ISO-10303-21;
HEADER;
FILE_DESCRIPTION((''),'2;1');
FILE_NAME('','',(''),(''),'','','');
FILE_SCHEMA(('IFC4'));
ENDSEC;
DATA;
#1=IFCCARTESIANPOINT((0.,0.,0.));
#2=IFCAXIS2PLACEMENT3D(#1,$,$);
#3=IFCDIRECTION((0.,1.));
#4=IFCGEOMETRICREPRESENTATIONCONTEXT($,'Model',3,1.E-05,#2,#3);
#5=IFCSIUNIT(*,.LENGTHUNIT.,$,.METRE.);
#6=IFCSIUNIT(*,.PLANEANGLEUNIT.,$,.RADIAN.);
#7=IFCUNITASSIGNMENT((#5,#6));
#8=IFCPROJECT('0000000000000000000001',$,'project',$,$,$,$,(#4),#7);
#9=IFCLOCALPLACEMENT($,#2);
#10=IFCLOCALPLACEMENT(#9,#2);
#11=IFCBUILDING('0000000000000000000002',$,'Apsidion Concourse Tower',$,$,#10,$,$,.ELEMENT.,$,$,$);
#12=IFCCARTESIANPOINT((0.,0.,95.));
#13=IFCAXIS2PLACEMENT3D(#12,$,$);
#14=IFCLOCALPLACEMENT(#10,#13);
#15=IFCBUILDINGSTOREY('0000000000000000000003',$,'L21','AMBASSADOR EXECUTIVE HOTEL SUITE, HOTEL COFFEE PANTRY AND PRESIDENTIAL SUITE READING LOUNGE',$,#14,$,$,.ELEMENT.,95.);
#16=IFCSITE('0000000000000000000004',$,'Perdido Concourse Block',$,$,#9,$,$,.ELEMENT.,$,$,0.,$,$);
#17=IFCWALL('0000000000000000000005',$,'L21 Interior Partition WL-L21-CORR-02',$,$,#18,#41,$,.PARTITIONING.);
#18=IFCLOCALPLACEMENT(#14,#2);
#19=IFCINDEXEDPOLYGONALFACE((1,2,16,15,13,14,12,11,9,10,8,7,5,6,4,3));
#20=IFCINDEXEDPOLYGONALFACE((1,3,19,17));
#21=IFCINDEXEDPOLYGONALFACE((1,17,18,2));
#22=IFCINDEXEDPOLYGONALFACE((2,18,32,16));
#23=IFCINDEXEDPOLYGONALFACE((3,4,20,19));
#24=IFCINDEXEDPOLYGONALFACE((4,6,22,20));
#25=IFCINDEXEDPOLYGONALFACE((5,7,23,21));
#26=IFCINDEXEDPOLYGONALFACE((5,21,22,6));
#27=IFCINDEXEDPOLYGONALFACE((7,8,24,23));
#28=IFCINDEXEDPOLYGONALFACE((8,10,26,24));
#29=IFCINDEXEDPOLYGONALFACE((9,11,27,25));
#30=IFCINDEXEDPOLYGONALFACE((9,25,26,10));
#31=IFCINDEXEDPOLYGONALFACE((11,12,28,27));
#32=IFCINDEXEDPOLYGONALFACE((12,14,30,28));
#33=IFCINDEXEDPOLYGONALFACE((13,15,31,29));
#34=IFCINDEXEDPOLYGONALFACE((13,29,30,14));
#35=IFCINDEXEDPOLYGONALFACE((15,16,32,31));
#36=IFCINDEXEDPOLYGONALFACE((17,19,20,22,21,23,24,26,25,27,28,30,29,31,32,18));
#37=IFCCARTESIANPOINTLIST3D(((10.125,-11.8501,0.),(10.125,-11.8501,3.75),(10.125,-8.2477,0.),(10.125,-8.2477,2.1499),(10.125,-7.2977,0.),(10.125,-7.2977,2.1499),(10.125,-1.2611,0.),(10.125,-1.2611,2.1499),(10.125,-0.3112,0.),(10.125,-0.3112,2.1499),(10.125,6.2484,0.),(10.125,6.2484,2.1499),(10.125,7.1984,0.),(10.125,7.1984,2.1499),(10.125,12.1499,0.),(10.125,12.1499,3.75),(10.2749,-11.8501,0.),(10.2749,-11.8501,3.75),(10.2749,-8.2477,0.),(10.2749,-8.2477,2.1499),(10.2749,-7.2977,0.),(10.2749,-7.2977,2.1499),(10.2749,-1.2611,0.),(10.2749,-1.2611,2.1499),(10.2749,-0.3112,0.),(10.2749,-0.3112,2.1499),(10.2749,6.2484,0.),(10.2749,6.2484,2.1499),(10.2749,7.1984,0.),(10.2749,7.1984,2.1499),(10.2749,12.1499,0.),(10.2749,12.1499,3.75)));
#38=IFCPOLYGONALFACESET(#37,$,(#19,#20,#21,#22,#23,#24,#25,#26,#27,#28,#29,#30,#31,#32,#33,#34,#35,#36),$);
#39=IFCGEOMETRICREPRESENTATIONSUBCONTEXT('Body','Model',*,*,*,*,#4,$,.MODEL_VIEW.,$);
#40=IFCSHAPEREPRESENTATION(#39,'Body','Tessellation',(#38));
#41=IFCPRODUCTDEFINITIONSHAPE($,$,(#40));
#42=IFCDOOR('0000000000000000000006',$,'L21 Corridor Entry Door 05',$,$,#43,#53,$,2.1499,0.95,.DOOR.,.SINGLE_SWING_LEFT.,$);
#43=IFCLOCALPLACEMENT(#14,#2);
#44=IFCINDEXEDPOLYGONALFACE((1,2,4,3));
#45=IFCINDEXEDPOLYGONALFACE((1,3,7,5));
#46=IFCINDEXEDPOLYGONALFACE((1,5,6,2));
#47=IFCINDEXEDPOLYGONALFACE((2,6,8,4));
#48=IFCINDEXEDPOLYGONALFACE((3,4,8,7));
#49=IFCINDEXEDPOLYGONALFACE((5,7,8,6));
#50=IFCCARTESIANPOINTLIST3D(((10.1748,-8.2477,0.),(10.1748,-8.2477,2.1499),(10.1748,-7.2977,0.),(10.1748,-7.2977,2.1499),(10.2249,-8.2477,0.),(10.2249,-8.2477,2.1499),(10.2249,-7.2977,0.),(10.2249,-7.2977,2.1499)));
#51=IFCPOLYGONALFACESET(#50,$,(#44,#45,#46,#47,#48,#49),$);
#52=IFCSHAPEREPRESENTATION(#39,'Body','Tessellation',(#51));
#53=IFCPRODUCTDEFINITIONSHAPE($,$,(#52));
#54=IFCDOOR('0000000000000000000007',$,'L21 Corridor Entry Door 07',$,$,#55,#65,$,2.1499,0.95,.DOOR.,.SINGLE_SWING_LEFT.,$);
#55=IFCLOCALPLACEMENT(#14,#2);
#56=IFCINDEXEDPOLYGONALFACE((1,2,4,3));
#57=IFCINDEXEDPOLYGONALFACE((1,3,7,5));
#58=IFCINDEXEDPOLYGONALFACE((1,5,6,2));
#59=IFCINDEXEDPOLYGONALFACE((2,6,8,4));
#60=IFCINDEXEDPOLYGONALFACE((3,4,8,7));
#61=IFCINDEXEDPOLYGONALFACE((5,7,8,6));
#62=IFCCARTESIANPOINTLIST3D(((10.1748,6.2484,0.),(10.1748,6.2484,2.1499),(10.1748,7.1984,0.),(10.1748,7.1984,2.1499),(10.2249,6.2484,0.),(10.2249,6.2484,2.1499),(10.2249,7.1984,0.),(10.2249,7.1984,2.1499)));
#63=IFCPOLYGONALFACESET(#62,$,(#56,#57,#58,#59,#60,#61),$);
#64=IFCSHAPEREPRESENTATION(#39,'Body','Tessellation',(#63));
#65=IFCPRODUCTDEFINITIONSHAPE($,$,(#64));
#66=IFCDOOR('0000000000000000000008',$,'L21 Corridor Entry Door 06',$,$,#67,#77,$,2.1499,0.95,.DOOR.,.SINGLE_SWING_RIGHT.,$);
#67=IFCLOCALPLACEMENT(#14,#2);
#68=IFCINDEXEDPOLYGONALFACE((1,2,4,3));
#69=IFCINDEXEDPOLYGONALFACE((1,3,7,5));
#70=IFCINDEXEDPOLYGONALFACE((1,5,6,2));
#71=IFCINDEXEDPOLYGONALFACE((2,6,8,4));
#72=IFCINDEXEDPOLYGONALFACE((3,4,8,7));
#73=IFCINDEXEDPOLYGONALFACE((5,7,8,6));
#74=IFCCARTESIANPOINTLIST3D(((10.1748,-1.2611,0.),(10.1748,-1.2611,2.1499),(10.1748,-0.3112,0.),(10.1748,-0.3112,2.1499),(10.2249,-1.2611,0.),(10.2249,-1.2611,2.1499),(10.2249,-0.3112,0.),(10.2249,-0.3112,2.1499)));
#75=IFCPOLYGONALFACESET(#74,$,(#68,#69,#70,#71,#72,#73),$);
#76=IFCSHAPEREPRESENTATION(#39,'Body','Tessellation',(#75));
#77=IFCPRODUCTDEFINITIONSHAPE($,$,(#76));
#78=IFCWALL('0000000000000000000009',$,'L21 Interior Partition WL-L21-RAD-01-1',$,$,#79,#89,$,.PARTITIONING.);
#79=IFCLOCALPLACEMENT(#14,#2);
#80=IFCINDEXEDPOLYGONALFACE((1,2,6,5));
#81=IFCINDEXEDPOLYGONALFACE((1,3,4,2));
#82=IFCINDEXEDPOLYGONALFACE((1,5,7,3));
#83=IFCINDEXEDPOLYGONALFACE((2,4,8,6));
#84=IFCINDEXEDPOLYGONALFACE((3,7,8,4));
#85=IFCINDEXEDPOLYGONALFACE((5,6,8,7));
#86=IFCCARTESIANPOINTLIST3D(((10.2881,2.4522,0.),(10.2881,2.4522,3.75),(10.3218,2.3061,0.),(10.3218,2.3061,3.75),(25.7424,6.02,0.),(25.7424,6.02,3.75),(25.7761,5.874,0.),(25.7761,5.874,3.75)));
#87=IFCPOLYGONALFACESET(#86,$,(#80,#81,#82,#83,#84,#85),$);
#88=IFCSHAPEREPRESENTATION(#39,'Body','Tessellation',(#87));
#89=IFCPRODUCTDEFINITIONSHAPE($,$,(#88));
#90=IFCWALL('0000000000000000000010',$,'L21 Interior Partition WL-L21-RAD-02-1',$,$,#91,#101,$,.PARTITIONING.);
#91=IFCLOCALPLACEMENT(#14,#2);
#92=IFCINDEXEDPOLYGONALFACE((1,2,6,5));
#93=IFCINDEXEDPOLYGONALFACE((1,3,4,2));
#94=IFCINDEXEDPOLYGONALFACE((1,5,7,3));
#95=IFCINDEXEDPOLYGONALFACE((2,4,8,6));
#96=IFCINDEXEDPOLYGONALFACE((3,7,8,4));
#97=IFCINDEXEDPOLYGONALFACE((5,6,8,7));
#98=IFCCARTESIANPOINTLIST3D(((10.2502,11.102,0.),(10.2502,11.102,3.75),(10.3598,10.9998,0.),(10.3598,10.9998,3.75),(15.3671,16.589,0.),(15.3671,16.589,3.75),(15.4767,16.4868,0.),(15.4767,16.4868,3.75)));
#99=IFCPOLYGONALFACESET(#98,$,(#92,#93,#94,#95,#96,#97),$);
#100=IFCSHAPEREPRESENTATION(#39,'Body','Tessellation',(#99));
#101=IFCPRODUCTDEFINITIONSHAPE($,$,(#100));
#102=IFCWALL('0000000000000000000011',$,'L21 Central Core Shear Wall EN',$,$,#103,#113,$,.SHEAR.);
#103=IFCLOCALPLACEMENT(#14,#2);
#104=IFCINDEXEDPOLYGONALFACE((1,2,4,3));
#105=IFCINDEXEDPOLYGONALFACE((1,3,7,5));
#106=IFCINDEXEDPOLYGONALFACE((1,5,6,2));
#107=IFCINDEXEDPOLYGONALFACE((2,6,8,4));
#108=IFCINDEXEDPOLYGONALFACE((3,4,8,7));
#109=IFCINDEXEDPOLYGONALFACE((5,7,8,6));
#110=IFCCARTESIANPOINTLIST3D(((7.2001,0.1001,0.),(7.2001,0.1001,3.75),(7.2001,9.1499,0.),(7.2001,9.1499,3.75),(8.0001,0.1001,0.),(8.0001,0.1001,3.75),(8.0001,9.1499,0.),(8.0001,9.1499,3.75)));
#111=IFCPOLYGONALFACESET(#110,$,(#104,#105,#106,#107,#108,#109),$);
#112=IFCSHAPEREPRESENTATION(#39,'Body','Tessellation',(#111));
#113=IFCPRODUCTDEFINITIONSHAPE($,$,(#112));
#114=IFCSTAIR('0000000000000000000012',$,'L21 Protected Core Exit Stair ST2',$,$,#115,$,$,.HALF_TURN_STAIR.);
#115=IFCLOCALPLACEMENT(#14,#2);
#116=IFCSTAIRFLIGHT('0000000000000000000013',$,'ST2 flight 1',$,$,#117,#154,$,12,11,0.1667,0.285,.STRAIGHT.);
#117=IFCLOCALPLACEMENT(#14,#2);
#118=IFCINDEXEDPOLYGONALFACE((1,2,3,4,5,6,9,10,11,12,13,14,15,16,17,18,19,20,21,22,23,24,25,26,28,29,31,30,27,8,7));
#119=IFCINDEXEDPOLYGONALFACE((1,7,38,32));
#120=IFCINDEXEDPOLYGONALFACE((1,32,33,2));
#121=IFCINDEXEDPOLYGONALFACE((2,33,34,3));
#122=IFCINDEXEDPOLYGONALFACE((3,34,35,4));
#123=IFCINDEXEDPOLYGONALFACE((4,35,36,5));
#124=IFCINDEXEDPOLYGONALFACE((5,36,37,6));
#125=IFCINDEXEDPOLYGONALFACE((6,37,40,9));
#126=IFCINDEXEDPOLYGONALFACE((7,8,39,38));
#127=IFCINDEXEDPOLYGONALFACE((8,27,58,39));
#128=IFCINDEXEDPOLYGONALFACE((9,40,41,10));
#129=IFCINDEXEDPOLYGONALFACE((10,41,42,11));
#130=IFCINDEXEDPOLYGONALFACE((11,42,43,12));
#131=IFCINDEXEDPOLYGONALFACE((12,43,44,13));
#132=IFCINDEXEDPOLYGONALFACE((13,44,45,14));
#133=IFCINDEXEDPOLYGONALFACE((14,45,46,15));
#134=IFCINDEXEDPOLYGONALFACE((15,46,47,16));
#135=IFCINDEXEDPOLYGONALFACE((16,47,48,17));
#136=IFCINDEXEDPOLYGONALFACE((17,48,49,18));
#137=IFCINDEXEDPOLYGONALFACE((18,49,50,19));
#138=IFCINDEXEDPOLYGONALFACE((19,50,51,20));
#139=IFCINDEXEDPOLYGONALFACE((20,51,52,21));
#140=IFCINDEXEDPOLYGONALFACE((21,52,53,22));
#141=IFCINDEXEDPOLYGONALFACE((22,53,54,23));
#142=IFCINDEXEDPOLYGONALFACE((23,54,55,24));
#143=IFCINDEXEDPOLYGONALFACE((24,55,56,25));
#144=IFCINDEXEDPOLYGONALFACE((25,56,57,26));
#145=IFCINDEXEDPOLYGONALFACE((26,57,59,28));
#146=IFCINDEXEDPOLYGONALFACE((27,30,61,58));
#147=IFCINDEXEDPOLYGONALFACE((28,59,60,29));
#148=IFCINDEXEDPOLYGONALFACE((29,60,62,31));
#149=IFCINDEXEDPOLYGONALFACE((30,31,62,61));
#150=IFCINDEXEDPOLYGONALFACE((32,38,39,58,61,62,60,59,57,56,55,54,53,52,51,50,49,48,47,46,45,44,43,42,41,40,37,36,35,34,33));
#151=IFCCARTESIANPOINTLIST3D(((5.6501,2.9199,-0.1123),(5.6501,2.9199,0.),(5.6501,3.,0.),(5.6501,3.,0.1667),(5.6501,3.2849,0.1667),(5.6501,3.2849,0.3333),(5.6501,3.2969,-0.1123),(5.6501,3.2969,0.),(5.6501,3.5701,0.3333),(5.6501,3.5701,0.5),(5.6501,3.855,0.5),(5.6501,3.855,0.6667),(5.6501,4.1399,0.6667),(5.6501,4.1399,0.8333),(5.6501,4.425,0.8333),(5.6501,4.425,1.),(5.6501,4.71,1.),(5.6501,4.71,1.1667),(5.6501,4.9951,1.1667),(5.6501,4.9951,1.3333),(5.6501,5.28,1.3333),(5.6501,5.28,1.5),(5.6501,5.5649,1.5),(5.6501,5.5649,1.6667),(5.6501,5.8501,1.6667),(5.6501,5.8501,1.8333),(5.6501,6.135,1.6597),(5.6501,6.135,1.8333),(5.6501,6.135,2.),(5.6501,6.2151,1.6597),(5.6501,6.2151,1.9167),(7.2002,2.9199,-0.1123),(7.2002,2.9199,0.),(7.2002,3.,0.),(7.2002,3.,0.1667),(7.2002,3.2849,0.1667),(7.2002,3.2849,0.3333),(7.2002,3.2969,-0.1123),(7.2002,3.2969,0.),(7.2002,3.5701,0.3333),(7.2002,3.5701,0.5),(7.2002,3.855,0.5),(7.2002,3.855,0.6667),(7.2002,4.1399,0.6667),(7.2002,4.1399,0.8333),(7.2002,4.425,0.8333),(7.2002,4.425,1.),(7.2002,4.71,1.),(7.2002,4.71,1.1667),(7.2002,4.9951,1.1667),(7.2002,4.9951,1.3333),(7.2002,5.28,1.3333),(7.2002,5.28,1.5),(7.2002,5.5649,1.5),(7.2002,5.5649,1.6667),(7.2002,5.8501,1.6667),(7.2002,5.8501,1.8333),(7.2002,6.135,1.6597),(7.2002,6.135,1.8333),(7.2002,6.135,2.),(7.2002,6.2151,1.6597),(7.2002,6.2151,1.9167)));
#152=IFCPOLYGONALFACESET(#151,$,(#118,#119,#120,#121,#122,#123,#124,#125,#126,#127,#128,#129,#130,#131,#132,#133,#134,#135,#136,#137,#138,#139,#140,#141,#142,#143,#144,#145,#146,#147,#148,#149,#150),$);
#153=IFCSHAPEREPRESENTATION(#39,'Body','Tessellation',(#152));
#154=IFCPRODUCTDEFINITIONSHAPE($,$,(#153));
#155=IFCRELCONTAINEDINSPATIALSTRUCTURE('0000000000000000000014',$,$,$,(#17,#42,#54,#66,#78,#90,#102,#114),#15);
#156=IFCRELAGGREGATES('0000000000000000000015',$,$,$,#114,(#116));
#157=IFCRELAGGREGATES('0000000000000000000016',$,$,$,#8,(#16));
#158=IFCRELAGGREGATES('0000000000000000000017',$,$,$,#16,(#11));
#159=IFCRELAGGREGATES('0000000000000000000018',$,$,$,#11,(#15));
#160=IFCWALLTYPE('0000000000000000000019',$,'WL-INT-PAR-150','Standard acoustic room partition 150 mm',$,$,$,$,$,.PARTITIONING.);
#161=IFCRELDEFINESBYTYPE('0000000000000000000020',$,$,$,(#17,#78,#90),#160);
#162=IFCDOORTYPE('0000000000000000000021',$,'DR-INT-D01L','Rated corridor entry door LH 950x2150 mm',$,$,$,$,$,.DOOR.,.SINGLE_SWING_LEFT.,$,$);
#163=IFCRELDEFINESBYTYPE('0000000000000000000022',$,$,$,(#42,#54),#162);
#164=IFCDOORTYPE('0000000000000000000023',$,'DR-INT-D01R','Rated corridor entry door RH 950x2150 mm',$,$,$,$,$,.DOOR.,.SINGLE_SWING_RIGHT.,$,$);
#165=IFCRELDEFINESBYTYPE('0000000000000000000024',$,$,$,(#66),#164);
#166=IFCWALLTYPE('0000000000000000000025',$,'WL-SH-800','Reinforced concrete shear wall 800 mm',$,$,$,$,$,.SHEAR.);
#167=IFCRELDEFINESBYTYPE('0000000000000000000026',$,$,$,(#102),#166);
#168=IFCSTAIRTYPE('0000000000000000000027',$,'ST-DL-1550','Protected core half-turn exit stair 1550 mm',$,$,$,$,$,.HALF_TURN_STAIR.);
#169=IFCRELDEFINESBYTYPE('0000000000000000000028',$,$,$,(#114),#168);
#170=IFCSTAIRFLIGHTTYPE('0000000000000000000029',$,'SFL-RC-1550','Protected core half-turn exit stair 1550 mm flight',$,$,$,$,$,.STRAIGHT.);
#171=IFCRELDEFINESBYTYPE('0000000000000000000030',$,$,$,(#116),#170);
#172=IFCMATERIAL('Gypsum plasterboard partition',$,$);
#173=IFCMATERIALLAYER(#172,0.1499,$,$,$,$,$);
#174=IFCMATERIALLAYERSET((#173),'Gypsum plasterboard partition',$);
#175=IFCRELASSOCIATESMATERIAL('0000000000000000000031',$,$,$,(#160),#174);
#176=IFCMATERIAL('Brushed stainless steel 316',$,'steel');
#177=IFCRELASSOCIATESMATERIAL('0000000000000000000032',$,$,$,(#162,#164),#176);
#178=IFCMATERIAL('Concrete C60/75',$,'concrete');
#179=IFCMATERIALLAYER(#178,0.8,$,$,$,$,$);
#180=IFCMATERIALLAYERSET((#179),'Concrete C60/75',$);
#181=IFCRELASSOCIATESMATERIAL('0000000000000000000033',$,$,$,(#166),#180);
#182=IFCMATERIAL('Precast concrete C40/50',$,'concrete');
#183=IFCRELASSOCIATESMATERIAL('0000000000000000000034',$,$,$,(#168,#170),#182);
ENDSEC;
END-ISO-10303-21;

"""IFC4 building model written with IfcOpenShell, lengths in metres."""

from ifc_helpers import new_model, si_unit, direction, frame, frame_2d, origin, place, context, subcontext, project, spatial, polyline, rectangle, outline, extrude, material, layer, layer_set, type_object, element, fill, aggregate, save


model = new_model("IFC4")

# Units and contexts
model_context = context("Model", 3, precision=1e-05, world=origin(), true_north=direction((0.0, 1.0)))
body_context = subcontext(model_context, "Body", "Model", "MODEL_VIEW")
ifc_project = project(units=[si_unit("LENGTHUNIT", "METRE"), si_unit("PLANEANGLEUNIT", "RADIAN")], contexts=[model_context])

# Site, building, storey
site_placement = place(None, origin())
site = spatial("IfcSite", under=ifc_project, at=site_placement, Name="Perdido Concourse Block", CompositionType="ELEMENT", RefElevation=0.0)
building_placement = place(site_placement, origin())
building = spatial("IfcBuilding", under=site, at=building_placement, Name="Apsidion Concourse Tower", CompositionType="ELEMENT")
storey_placement = place(building_placement, frame((0.0, 0.0, 95.0)))
storey = spatial("IfcBuildingStorey", under=building, at=storey_placement, Name="L21", Description="AMBASSADOR EXECUTIVE HOTEL SUITE, HOTEL COFFEE PANTRY AND PRESIDENTIAL SUITE READING LOUNGE", CompositionType="ELEMENT", Elevation=95.0)

# Shared definitions
ifc_material_1 = material(Name="Concrete C60/75", Category="concrete")

# Shared definitions
ifc_material_2 = material(Name="Gypsum plasterboard partition")

# Wall, openings, doors
ifc_layer_1 = layer(ifc_material_2, 0.1499)
ifc_layer_set_1 = layer_set([ifc_layer_1], Name="Gypsum plasterboard partition")
wall_type_1 = type_object("IfcWallType", Name="WL-INT-PAR-150", Description="Standard acoustic room partition 150 mm", PredefinedType="PARTITIONING", material=ifc_layer_set_1)
wall_1_placement = place(storey_placement, frame((10.2, 12.1499, 0.0), z_axis=(0.0, 0.0, 1.0), x_axis=(0.0, -1.0, 0.0)))
wall_1 = element("IfcWall", 1, at=wall_1_placement, inside=storey, type_object=wall_type_1, Name="L21 Interior Partition WL-L21-CORR-02", PredefinedType="PARTITIONING", context=body_context, shape_type="SweptSolid", body=[
    extrude(rectangle(XDim=24.0, YDim=0.1499, at=frame_2d((12.0, 0.0))), origin(), (0.0, 0.0, 1.0), 3.75),
])
opening_1_placement = place(wall_1_placement, frame((19.4475, 0.0, 0.0)))
opening_1 = element("IfcOpeningElement", 2, at=opening_1_placement, cuts=wall_1, PredefinedType="OPENING", context=body_context, shape_type="SweptSolid", body=[
    extrude(rectangle(XDim=0.95, YDim=2.1499, at=frame_2d((0.4751, 1.075))), frame((0.0, 0.085, 0.0), z_axis=(0.0, -1.0, 0.0), x_axis=(1.0, 0.0, 0.0)), (0.0, 0.0, 1.0), 0.1699),
])
opening_2_placement = place(wall_1_placement, frame((12.4609, 0.0, 0.0)))
opening_2 = element("IfcOpeningElement", 3, at=opening_2_placement, cuts=wall_1, PredefinedType="OPENING", context=body_context, shape_type="SweptSolid", body=[
    extrude(rectangle(XDim=0.95, YDim=2.1499, at=frame_2d((0.4751, 1.075))), frame((0.0, 0.085, 0.0), z_axis=(0.0, -1.0, 0.0), x_axis=(1.0, 0.0, 0.0)), (0.0, 0.0, 1.0), 0.1699),
])
opening_3_placement = place(wall_1_placement, frame((4.9514, 0.0, 0.0)))
opening_3 = element("IfcOpeningElement", 4, at=opening_3_placement, cuts=wall_1, PredefinedType="OPENING", context=body_context, shape_type="SweptSolid", body=[
    extrude(rectangle(XDim=0.95, YDim=2.1499, at=frame_2d((0.4751, 1.075))), frame((0.0, 0.085, 0.0), z_axis=(0.0, -1.0, 0.0), x_axis=(1.0, 0.0, 0.0)), (0.0, 0.0, 1.0), 0.1699),
])
ifc_material_3 = material(Name="Brushed stainless steel 316", Category="steel")
door_type_1 = type_object("IfcDoorType", Name="DR-INT-D01L", Description="Rated corridor entry door LH 950x2150 mm", OperationType="SINGLE_SWING_LEFT", PredefinedType="DOOR", material=ifc_material_3)
door_1_placement = place(opening_1_placement, origin())
door_1 = element("IfcDoor", 5, at=door_1_placement, inside=storey, type_object=door_type_1, Name="L21 Corridor Entry Door 05", OperationType="SINGLE_SWING_LEFT", OverallHeight=2.1499, OverallWidth=0.95, PredefinedType="DOOR", context=body_context, shape_type="SweptSolid", body=[
    extrude(rectangle(XDim=0.95, YDim=2.1499, at=frame_2d((0.4751, 1.075))), frame((0.0, 0.0249, 0.0), z_axis=(0.0, -1.0, 0.0), x_axis=(1.0, 0.0, 0.0)), (0.0, 0.0, 1.0), 0.05),
])
fill(opening_1, door_1)
door_2_placement = place(opening_3_placement, origin())
door_2 = element("IfcDoor", 6, at=door_2_placement, inside=storey, type_object=door_type_1, Name="L21 Corridor Entry Door 07", OperationType="SINGLE_SWING_LEFT", OverallHeight=2.1499, OverallWidth=0.95, PredefinedType="DOOR", context=body_context, shape_type="SweptSolid", body=[
    extrude(rectangle(XDim=0.95, YDim=2.1499, at=frame_2d((0.4751, 1.075))), frame((0.0, 0.0249, 0.0), z_axis=(0.0, -1.0, 0.0), x_axis=(1.0, 0.0, 0.0)), (0.0, 0.0, 1.0), 0.05),
])
fill(opening_3, door_2)
door_type_2 = type_object("IfcDoorType", Name="DR-INT-D01R", Description="Rated corridor entry door RH 950x2150 mm", OperationType="SINGLE_SWING_RIGHT", PredefinedType="DOOR", material=ifc_material_3)
door_3_placement = place(opening_2_placement, origin())
door_3 = element("IfcDoor", 7, at=door_3_placement, inside=storey, type_object=door_type_2, Name="L21 Corridor Entry Door 06", OperationType="SINGLE_SWING_RIGHT", OverallHeight=2.1499, OverallWidth=0.95, PredefinedType="DOOR", context=body_context, shape_type="SweptSolid", body=[
    extrude(rectangle(XDim=0.95, YDim=2.1499, at=frame_2d((0.4751, 1.075))), frame((0.0, 0.0249, 0.0), z_axis=(0.0, -1.0, 0.0), x_axis=(1.0, 0.0, 0.0)), (0.0, 0.0, 1.0), 0.05),
])
fill(opening_2, door_3)

# Walls
wall_2_placement = place(storey_placement, frame((10.3049, 2.3792, 0.0), z_axis=(0.0, 0.0, 1.0), x_axis=(0.974371, 0.224948, 0.0)))
element("IfcWall", 8, at=wall_2_placement, inside=storey, type_object=wall_type_1, Name="L21 Interior Partition WL-L21-RAD-01-1", PredefinedType="PARTITIONING", context=body_context, shape_type="SweptSolid", body=[
    extrude(rectangle(XDim=15.8608, YDim=0.1499, at=frame_2d((7.9304, 0.0))), origin(), (0.0, 0.0, 1.0), 3.75),
])
wall_3_placement = place(storey_placement, frame((10.3049, 11.0508, 0.0), z_axis=(0.0, 0.0, 1.0), x_axis=(0.682011, 0.731342, 0.0)))
element("IfcWall", 9, at=wall_3_placement, inside=storey, type_object=wall_type_1, Name="L21 Interior Partition WL-L21-RAD-02-1", PredefinedType="PARTITIONING", context=body_context, shape_type="SweptSolid", body=[
    extrude(rectangle(XDim=7.5027, YDim=0.1499, at=frame_2d((3.7515, 0.0))), origin(), (0.0, 0.0, 1.0), 3.75),
])
ifc_layer_2 = layer(ifc_material_1, 0.8)
ifc_layer_set_2 = layer_set([ifc_layer_2], Name="Concrete C60/75")
wall_type_2 = type_object("IfcWallType", Name="WL-SH-800", Description="Reinforced concrete shear wall 800 mm", PredefinedType="SHEAR", material=ifc_layer_set_2)
wall_4_placement = place(storey_placement, frame((7.6001, 0.1001, 0.0), z_axis=(0.0, 0.0, 1.0), x_axis=(0.0, 1.0, 0.0)))
element("IfcWall", 10, at=wall_4_placement, inside=storey, type_object=wall_type_2, Name="L21 Central Core Shear Wall EN", PredefinedType="SHEAR", context=body_context, shape_type="SweptSolid", body=[
    extrude(rectangle(XDim=9.0498, YDim=0.8, at=frame_2d((4.5249, 0.0))), origin(), (0.0, 0.0, 1.0), 3.75),
])

# Stair, stair flight
ifc_material_4 = material(Name="Precast concrete C40/50", Category="concrete")
stair_type = type_object("IfcStairType", Name="ST-DL-1550", Description="Protected core half-turn exit stair 1550 mm", PredefinedType="HALF_TURN_STAIR", material=ifc_material_4)
stair_placement = place(storey_placement, origin())
stair = element("IfcStair", 11, at=stair_placement, inside=storey, type_object=stair_type, Name="L21 Protected Core Exit Stair ST2", PredefinedType="HALF_TURN_STAIR")
stair_flight_type = type_object("IfcStairFlightType", Name="SFL-RC-1550", Description="Protected core half-turn exit stair 1550 mm flight", PredefinedType="STRAIGHT", material=ifc_material_4)
stair_flight_placement = place(storey_placement, frame((6.425, 3.0, 0.0), z_axis=(0.0, 0.0, 1.0), x_axis=(0.0, 1.0, 0.0)))
stair_flight = element("IfcStairFlight", 12, at=stair_flight_placement, type_object=stair_flight_type, Name="ST2 flight 1", NumberOfRisers=12, NumberOfTreads=11, PredefinedType="STRAIGHT", RiserHeight=0.1667, TreadLength=0.285, context=body_context, shape_type="SweptSolid", body=[
    extrude(outline(polyline([(-0.0801, -0.1123), (-0.0801, 0.0), (0.0, 0.0), (0.0, 0.1667), (0.2849, 0.1667), (0.2849, 0.3333), (0.5701, 0.3333), (0.5701, 0.5), (0.855, 0.5), (0.855, 0.6667), (1.1399, 0.6667), (1.1399, 0.8333), (1.425, 0.8333), (1.425, 1.0), (1.71, 1.0), (1.71, 1.1667), (1.9951, 1.1667), (1.9951, 1.3333), (2.28, 1.3333), (2.28, 1.5), (2.5649, 1.5), (2.5649, 1.6667), (2.8501, 1.6667), (2.8501, 1.8333), (3.135, 1.8333), (3.135, 2.0), (3.2151, 1.9167), (3.2151, 1.6597), (3.135, 1.6597), (0.2969, 0.0), (0.2969, -0.1123), (-0.0801, -0.1123)])), frame((0.0, 0.7749, 0.0), z_axis=(0.0, -1.0, 0.0), x_axis=(1.0, 0.0, 0.0)), (0.0, 0.0, 1.0), 1.55),
])
aggregate(stair, [stair_flight])

save(model, "model.ifc")
